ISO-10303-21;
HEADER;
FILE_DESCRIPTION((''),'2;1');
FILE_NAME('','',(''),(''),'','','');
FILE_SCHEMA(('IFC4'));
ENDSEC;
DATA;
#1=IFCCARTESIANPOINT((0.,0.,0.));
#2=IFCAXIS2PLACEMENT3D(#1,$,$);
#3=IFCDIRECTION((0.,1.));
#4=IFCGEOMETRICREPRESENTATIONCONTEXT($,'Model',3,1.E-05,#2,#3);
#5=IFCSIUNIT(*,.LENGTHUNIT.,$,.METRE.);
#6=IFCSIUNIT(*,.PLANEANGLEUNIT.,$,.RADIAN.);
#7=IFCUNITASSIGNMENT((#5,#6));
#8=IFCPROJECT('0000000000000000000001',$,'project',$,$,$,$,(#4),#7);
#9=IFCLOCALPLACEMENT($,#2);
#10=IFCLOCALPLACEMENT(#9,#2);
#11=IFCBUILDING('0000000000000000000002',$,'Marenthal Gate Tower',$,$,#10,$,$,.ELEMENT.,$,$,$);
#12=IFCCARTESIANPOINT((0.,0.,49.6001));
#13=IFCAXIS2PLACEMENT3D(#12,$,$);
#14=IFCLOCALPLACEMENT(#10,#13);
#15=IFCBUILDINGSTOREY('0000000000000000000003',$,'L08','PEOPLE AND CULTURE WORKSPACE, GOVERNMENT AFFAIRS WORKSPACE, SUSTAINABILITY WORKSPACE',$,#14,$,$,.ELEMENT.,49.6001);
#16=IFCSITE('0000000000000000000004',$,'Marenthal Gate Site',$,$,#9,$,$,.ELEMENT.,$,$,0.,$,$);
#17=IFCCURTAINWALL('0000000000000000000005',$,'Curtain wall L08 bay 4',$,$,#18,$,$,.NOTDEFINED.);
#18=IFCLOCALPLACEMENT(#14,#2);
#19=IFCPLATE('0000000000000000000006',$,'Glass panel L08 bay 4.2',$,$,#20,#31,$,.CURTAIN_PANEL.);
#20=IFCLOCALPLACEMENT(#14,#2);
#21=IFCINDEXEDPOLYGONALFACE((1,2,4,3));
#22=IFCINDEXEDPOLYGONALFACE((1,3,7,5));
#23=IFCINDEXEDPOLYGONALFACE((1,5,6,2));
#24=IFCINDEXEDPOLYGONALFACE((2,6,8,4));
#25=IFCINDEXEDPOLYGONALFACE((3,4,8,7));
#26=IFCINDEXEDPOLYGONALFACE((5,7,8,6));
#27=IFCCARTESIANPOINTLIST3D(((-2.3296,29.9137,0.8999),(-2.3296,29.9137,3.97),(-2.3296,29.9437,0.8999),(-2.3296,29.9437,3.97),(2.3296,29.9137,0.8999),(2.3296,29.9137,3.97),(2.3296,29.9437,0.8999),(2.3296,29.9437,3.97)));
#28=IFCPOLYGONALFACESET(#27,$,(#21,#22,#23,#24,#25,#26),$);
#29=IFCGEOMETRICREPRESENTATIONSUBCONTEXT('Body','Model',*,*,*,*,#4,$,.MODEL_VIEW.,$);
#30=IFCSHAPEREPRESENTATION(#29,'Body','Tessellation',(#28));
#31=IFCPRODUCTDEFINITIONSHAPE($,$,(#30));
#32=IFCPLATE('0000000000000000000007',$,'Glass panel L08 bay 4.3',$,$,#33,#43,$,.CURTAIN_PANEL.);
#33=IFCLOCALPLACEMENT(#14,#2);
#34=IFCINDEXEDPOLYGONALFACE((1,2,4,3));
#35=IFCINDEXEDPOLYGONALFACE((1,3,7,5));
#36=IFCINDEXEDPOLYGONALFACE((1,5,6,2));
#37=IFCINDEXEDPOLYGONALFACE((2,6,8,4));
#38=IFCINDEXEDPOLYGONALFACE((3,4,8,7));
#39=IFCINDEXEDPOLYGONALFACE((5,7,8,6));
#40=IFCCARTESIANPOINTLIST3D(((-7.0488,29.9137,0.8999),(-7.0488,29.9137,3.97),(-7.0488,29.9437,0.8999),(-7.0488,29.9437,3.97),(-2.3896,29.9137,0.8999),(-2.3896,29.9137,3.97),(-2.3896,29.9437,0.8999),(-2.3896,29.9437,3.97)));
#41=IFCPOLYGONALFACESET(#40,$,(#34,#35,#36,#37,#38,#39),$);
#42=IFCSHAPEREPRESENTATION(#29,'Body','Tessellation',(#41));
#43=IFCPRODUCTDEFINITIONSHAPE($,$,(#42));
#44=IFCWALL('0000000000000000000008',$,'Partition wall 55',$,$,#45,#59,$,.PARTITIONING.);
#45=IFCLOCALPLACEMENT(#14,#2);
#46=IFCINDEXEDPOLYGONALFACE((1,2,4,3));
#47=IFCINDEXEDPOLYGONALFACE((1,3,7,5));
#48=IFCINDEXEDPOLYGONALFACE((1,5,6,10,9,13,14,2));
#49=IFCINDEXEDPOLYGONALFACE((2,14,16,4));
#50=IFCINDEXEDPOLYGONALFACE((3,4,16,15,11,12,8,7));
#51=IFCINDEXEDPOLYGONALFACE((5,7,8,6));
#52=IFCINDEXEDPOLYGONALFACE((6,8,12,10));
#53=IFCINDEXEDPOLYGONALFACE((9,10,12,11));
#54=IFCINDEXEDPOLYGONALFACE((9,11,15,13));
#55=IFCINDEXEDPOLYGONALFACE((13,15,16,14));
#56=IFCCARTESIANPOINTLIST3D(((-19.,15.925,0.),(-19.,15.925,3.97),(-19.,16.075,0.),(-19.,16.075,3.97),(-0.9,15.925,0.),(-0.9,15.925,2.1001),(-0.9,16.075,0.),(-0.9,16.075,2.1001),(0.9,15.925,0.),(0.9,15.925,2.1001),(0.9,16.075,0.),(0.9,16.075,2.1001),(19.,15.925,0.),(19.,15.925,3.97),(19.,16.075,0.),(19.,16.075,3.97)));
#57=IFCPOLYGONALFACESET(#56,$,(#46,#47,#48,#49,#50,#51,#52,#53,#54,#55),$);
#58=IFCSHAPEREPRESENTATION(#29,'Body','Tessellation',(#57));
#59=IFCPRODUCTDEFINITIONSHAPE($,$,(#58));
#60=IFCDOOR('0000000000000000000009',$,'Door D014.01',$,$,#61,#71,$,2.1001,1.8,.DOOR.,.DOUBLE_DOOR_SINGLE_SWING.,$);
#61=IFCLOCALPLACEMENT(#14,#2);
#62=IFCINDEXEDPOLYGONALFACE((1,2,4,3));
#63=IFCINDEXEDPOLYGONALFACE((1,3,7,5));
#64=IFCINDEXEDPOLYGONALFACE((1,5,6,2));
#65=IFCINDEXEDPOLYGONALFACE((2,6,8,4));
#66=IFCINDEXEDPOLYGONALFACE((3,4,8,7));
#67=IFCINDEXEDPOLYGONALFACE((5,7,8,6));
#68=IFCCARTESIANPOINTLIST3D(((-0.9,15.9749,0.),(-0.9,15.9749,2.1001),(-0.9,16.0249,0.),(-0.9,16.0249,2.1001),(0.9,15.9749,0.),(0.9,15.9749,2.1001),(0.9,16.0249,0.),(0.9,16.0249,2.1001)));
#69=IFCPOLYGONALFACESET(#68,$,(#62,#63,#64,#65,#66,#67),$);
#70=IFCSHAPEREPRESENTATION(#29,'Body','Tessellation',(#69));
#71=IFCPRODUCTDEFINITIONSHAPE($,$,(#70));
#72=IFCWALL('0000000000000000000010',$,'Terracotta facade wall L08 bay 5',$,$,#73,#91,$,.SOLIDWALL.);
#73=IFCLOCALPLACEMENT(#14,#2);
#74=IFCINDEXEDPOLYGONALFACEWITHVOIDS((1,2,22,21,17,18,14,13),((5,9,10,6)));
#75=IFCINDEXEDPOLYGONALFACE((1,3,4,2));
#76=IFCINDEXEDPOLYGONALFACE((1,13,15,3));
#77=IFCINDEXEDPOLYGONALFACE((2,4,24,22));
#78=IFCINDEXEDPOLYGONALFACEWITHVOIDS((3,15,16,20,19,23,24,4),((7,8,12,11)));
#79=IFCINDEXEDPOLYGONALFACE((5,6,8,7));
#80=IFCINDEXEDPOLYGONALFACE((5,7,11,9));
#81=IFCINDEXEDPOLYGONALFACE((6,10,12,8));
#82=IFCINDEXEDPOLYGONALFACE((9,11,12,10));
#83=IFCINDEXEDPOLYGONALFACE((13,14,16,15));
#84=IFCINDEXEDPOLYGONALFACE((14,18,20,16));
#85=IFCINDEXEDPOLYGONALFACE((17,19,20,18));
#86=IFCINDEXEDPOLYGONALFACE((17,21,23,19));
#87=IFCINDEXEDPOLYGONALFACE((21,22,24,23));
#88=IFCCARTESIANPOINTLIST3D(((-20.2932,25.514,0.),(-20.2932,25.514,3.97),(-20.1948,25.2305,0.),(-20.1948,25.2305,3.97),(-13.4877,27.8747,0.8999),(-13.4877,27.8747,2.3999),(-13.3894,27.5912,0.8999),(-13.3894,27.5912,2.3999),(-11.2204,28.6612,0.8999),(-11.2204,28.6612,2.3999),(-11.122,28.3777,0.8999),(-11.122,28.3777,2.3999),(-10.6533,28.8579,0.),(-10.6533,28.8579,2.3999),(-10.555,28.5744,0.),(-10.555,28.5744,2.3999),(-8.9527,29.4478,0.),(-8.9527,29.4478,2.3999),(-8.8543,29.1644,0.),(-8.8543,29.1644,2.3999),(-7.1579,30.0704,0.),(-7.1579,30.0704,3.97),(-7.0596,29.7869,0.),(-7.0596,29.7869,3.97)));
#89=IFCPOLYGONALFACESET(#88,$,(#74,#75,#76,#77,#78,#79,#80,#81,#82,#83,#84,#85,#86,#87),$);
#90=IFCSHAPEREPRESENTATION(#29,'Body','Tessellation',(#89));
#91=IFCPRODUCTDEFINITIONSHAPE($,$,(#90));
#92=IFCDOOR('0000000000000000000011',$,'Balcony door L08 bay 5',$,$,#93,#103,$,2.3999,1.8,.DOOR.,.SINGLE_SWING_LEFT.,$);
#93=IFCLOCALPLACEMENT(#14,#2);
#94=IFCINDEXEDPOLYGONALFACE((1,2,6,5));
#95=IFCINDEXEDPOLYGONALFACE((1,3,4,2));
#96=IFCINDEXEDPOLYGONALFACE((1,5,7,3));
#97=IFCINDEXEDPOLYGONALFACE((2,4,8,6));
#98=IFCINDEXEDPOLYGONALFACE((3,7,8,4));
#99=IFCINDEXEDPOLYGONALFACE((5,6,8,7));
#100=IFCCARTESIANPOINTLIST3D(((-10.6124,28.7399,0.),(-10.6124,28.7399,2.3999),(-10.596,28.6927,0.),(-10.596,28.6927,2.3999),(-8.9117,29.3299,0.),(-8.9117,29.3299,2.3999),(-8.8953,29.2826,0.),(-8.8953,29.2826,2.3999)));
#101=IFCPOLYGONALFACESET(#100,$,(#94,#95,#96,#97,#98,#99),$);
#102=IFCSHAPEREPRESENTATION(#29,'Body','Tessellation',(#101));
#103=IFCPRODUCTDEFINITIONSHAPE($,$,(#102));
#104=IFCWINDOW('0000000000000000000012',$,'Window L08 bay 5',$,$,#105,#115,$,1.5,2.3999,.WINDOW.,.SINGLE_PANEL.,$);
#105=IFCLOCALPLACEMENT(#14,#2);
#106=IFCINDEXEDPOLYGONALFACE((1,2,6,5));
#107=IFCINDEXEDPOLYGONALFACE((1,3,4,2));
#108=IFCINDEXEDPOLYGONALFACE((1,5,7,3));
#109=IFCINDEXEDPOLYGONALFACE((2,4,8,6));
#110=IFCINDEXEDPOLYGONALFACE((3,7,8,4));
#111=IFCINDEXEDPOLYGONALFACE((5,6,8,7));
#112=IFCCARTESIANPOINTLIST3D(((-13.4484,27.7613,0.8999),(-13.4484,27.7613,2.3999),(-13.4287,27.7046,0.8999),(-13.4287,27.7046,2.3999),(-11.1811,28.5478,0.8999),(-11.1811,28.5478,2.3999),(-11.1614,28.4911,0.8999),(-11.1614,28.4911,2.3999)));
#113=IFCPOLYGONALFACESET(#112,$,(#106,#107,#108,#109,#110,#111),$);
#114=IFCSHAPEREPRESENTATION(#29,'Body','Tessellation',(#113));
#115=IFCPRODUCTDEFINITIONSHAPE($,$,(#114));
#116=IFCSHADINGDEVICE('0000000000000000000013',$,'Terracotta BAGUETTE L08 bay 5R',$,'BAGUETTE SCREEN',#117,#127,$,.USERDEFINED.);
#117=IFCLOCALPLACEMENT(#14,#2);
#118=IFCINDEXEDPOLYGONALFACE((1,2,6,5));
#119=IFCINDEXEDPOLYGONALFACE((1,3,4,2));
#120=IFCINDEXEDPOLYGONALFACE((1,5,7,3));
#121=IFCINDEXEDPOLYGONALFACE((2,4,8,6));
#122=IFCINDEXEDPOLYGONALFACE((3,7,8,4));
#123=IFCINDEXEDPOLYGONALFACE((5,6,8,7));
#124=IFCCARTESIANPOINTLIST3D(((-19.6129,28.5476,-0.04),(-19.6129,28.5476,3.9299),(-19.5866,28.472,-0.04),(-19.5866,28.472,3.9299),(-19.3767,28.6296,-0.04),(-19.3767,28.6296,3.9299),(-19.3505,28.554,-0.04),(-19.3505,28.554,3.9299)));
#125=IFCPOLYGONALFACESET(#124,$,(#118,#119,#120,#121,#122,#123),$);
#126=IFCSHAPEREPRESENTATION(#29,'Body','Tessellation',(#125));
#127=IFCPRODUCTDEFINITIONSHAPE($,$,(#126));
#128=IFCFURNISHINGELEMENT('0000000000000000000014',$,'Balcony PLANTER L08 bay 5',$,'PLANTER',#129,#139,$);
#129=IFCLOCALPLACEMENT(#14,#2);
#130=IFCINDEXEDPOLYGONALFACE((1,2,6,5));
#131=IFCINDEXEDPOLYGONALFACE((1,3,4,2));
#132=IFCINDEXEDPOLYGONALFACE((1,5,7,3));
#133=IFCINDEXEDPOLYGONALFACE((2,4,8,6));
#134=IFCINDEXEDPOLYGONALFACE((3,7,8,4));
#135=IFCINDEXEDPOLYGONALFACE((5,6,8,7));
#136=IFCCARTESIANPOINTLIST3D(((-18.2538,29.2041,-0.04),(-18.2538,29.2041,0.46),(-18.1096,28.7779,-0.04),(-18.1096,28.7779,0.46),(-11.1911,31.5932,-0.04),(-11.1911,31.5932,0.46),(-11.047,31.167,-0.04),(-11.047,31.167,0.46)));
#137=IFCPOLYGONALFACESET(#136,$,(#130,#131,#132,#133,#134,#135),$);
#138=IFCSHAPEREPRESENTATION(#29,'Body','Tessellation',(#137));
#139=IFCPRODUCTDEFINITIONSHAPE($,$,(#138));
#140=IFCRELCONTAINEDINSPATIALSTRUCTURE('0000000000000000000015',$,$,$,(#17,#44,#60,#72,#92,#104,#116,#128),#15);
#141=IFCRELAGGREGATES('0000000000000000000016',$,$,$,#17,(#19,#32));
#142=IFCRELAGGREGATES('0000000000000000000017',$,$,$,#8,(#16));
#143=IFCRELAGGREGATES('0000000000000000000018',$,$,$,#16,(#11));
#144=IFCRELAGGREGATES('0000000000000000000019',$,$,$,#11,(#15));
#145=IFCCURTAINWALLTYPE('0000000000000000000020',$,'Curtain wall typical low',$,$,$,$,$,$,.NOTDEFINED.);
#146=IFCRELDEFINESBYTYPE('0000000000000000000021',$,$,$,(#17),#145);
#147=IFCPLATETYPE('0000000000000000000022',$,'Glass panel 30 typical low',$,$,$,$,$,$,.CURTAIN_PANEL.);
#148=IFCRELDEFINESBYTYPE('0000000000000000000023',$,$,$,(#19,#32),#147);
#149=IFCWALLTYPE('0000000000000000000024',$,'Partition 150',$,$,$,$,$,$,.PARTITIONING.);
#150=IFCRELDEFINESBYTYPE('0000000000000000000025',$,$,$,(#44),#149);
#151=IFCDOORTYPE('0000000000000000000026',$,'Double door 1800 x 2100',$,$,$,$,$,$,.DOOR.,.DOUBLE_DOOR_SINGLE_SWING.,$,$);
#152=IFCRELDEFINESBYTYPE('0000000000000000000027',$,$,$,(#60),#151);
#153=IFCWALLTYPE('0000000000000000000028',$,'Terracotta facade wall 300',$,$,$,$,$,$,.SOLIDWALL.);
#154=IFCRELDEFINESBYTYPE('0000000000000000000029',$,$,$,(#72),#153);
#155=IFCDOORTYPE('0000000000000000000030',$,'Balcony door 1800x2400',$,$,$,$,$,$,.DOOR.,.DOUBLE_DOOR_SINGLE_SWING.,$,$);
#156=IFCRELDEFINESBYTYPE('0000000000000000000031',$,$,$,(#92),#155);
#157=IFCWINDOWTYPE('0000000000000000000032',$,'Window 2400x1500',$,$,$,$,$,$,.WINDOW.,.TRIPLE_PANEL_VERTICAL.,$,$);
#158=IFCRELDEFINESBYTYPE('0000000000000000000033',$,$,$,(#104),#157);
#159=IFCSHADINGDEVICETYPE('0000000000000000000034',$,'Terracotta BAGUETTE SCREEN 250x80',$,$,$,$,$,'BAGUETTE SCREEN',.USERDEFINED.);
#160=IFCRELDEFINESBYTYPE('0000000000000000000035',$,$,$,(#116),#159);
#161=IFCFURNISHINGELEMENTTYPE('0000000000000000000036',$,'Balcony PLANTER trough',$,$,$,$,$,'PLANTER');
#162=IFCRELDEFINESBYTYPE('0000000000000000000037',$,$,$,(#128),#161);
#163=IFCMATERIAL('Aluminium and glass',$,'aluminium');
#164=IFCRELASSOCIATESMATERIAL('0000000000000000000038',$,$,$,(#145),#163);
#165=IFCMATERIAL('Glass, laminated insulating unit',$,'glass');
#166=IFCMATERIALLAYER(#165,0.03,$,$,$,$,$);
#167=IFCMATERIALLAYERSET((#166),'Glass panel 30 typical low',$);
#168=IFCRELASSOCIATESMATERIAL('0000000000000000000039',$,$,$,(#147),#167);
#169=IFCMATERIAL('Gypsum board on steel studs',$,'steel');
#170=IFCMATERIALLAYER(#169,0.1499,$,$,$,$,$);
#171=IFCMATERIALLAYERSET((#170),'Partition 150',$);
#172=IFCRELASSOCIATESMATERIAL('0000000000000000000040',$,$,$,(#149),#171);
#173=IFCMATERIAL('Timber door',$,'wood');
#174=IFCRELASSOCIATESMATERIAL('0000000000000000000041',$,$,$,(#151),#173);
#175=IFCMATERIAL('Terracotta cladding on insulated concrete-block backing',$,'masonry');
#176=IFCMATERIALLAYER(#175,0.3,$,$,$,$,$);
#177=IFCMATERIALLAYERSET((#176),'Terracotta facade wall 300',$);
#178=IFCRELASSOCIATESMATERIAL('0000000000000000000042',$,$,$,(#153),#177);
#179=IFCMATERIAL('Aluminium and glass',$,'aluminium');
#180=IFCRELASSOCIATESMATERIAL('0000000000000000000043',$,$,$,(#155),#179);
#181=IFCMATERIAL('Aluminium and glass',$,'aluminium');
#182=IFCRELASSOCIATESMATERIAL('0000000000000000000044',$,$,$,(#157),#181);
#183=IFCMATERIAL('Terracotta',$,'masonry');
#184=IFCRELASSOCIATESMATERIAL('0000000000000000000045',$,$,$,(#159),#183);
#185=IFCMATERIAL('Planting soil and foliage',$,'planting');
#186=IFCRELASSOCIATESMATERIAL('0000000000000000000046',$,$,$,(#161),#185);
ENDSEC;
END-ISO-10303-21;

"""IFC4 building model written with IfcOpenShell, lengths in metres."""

from ifc_helpers import new_model, si_unit, direction, frame, frame_2d, origin, origin_2d, place, context, subcontext, project, spatial, rectangle, extrude, material, layer, layer_set, material_profile, profile_set, type_object, element, fill, aggregate, save


model = new_model("IFC4")

# Units and contexts
model_context = context("Model", 3, precision=1e-05, world=origin(), true_north=direction((0.0, 1.0)))
body_context = subcontext(model_context, "Body", "Model", "MODEL_VIEW")
ifc_project = project(units=[si_unit("LENGTHUNIT", "METRE"), si_unit("PLANEANGLEUNIT", "RADIAN")], contexts=[model_context])

# Site, building, storey
site_placement = place(None, origin())
site = spatial("IfcSite", under=ifc_project, at=site_placement, Name="Marenthal Gate Site", CompositionType="ELEMENT", RefElevation=0.0)
building_placement = place(site_placement, origin())
building = spatial("IfcBuilding", under=site, at=building_placement, Name="Marenthal Gate Tower", CompositionType="ELEMENT")
storey_placement = place(building_placement, frame((0.0, 0.0, 49.6001)))
storey = spatial("IfcBuildingStorey", under=building, at=storey_placement, Name="L08", Description="PEOPLE AND CULTURE WORKSPACE, GOVERNMENT AFFAIRS WORKSPACE, SUSTAINABILITY WORKSPACE", CompositionType="ELEMENT", Elevation=49.6001)

# Curtain wall
ifc_material_1 = material(Name="Aluminium and glass", Category="aluminium")
curtain_wall_type = type_object("IfcCurtainWallType", Name="Curtain wall typical low", PredefinedType="NOTDEFINED", material=ifc_material_1)
curtain_wall_placement = place(storey_placement, origin())
curtain_wall = element("IfcCurtainWall", 1, at=curtain_wall_placement, inside=storey, type_object=curtain_wall_type, Name="Curtain wall L08 bay 4", PredefinedType="NOTDEFINED")

# Plates
ifc_material_2 = material(Name="Glass, laminated insulating unit", Category="glass")
ifc_layer_1 = layer(ifc_material_2, 0.03)
ifc_layer_set_1 = layer_set([ifc_layer_1], Name="Glass panel 30 typical low")
plate_type = type_object("IfcPlateType", Name="Glass panel 30 typical low", PredefinedType="CURTAIN_PANEL", material=ifc_layer_set_1)
plate_1_placement = place(storey_placement, frame((0.0, 29.9287, 0.8999), z_axis=(0.0, 0.0, 1.0), x_axis=(-1.0, 0.0, 0.0)))
plate_1 = element("IfcPlate", 2, at=plate_1_placement, type_object=plate_type, Name="Glass panel L08 bay 4.2", PredefinedType="CURTAIN_PANEL", context=body_context, shape_type="SweptSolid", body=[
    extrude(rectangle(XDim=4.6592, YDim=0.03, at=origin_2d()), origin(), (0.0, 0.0, 1.0), 3.0701),
])
plate_2_placement = place(storey_placement, frame((-4.7192, 29.9287, 0.8999), z_axis=(0.0, 0.0, 1.0), x_axis=(-1.0, 0.0, 0.0)))
plate_2 = element("IfcPlate", 3, at=plate_2_placement, type_object=plate_type, Name="Glass panel L08 bay 4.3", PredefinedType="CURTAIN_PANEL", context=body_context, shape_type="SweptSolid", body=[
    extrude(rectangle(XDim=4.6592, YDim=0.03, at=origin_2d()), origin(), (0.0, 0.0, 1.0), 3.0701),
])
aggregate(curtain_wall, [plate_1, plate_2])

# Wall, opening, door
ifc_material_3 = material(Name="Gypsum board on steel studs", Category="steel")
ifc_layer_2 = layer(ifc_material_3, 0.1499)
ifc_layer_set_2 = layer_set([ifc_layer_2], Name="Partition 150")
wall_type_1 = type_object("IfcWallType", Name="Partition 150", PredefinedType="PARTITIONING", material=ifc_layer_set_2)
wall_1_placement = place(storey_placement, frame((-19.0, 16.0, 0.0), z_axis=(0.0, 0.0, 1.0), x_axis=(1.0, 0.0, 0.0)))
wall_1 = element("IfcWall", 4, at=wall_1_placement, inside=storey, type_object=wall_type_1, Name="Partition wall 55", PredefinedType="PARTITIONING", context=body_context, shape_type="SweptSolid", body=[
    extrude(rectangle(XDim=38.0, YDim=0.1499, at=frame_2d((19.0, 0.0))), origin(), (0.0, 0.0, 1.0), 3.97),
])
opening_1_placement = place(wall_1_placement, frame((18.1001, 0.0, 0.0)))
opening_1 = element("IfcOpeningElement", 5, at=opening_1_placement, cuts=wall_1, PredefinedType="OPENING", context=body_context, shape_type="SweptSolid", body=[
    extrude(rectangle(XDim=1.8, YDim=2.1001, at=frame_2d((0.8999, 1.05))), frame((0.0, 0.085, 0.0), z_axis=(0.0, -1.0, 0.0), x_axis=(1.0, 0.0, 0.0)), (0.0, 0.0, 1.0), 0.1699),
])
ifc_material_4 = material(Name="Timber door", Category="wood")
door_type_1 = type_object("IfcDoorType", Name="Double door 1800 x 2100", OperationType="DOUBLE_DOOR_SINGLE_SWING", PredefinedType="DOOR", material=ifc_material_4)
door_1_placement = place(opening_1_placement, origin())
door_1 = element("IfcDoor", 6, at=door_1_placement, inside=storey, type_object=door_type_1, Name="Door D014.01", OperationType="DOUBLE_DOOR_SINGLE_SWING", OverallHeight=2.1001, OverallWidth=1.8, PredefinedType="DOOR", context=body_context, shape_type="SweptSolid", body=[
    extrude(rectangle(XDim=1.8, YDim=2.1001, at=frame_2d((0.8999, 1.05))), frame((0.0, 0.0249, 0.0), z_axis=(0.0, -1.0, 0.0), x_axis=(1.0, 0.0, 0.0)), (0.0, 0.0, 1.0), 0.05),
])
fill(opening_1, door_1)

# Wall, openings, door, window
ifc_material_5 = material(Name="Terracotta cladding on insulated concrete-block backing", Category="masonry")
ifc_layer_3 = layer(ifc_material_5, 0.3)
ifc_layer_set_3 = layer_set([ifc_layer_3], Name="Terracotta facade wall 300")
wall_type_2 = type_object("IfcWallType", Name="Terracotta facade wall 300", PredefinedType="SOLIDWALL", material=ifc_layer_set_3)
wall_2_placement = place(storey_placement, frame((-7.1086, 29.9287, 0.0), z_axis=(0.0, 0.0, 1.0), x_axis=(-0.944773, -0.327726, 0.0)))
wall_2 = element("IfcWall", 7, at=wall_2_placement, inside=storey, type_object=wall_type_2, Name="Terracotta facade wall L08 bay 5", PredefinedType="SOLIDWALL", context=body_context, shape_type="SweptSolid", body=[
    extrude(rectangle(XDim=13.9031, YDim=0.3, at=frame_2d((6.9517, 0.0))), origin(), (0.0, 0.0, 1.0), 3.97),
])
opening_2_placement = place(wall_2_placement, frame((1.8999, 0.0, 0.0)))
opening_2 = element("IfcOpeningElement", 8, at=opening_2_placement, cuts=wall_2, PredefinedType="OPENING", context=body_context, shape_type="SweptSolid", body=[
    extrude(rectangle(XDim=1.8, YDim=2.3999, at=frame_2d((0.8999, 1.2))), frame((0.0, 0.1602, 0.0), z_axis=(0.0, -1.0, 0.0), x_axis=(1.0, 0.0, 0.0)), (0.0, 0.0, 1.0), 0.3201),
])
opening_3_placement = place(wall_2_placement, frame((4.3, 0.0, 0.8999)))
opening_3 = element("IfcOpeningElement", 9, at=opening_3_placement, cuts=wall_2, PredefinedType="OPENING", context=body_context, shape_type="SweptSolid", body=[
    extrude(rectangle(XDim=2.3999, YDim=1.5, at=frame_2d((1.2, 0.75))), frame((0.0, 0.1602, 0.0), z_axis=(0.0, -1.0, 0.0), x_axis=(1.0, 0.0, 0.0)), (0.0, 0.0, 1.0), 0.3201),
])
ifc_material_6 = material(Name="Aluminium and glass", Category="aluminium")
door_type_2 = type_object("IfcDoorType", Name="Balcony door 1800x2400", OperationType="DOUBLE_DOOR_SINGLE_SWING", PredefinedType="DOOR", material=ifc_material_6)
door_2_placement = place(opening_2_placement, origin())
door_2 = element("IfcDoor", 10, at=door_2_placement, inside=storey, type_object=door_type_2, Name="Balcony door L08 bay 5", OperationType="SINGLE_SWING_LEFT", OverallHeight=2.3999, OverallWidth=1.8, PredefinedType="DOOR", context=body_context, shape_type="SweptSolid", body=[
    extrude(rectangle(XDim=1.8, YDim=2.3999, at=frame_2d((0.8999, 1.2))), frame((0.0, 0.0249, 0.0), z_axis=(0.0, -1.0, 0.0), x_axis=(1.0, 0.0, 0.0)), (0.0, 0.0, 1.0), 0.05),
])
fill(opening_2, door_2)
ifc_material_7 = material(Name="Aluminium and glass", Category="aluminium")
window_type = type_object("IfcWindowType", Name="Window 2400x1500", PartitioningType="TRIPLE_PANEL_VERTICAL", PredefinedType="WINDOW", material=ifc_material_7)
window_placement = place(opening_3_placement, origin())
window = element("IfcWindow", 11, at=window_placement, inside=storey, type_object=window_type, Name="Window L08 bay 5", OverallHeight=1.5, OverallWidth=2.3999, PartitioningType="SINGLE_PANEL", PredefinedType="WINDOW", context=body_context, shape_type="SweptSolid", body=[
    extrude(rectangle(XDim=2.3999, YDim=1.5, at=frame_2d((1.2, 0.75))), frame((0.0, 0.03, 0.0), z_axis=(0.0, -1.0, 0.0), x_axis=(1.0, 0.0, 0.0)), (0.0, 0.0, 1.0), 0.0601),
])
fill(opening_3, window)

# Shading device
ifc_material_8 = material(Name="Terracotta", Category="masonry")
ifc_material_profile_1 = material_profile(ifc_material_8, rectangle(XDim=0.25, YDim=0.0801, at=origin_2d()), Name="Terracotta baguette 250x80")
ifc_profile_set_1 = profile_set([ifc_material_profile_1], Name="Terracotta")
shading_device_type = type_object("IfcShadingDeviceType", Name="Terracotta BAGUETTE SCREEN 250x80", ElementType="BAGUETTE SCREEN", PredefinedType="USERDEFINED", material=ifc_profile_set_1)
shading_device_placement = place(storey_placement, frame((-19.4817, 28.5508, -0.04), z_axis=(0.0, 0.0, 1.0), x_axis=(-0.944691, -0.327963, 0.0)))
element("IfcShadingDevice", 12, at=shading_device_placement, inside=storey, type_object=shading_device_type, Name="Terracotta BAGUETTE L08 bay 5R", ObjectType="BAGUETTE SCREEN", PredefinedType="USERDEFINED", context=body_context, shape_type="SweptSolid", body=[
    extrude(rectangle(XDim=0.25, YDim=0.0801, at=origin_2d()), origin(), (0.0, 0.0, 1.0), 3.97),
])

# Furnishing element
ifc_material_9 = material(Name="Planting soil and foliage", Category="planting")
furnishing_element_type = type_object("IfcFurnishingElementType", Name="Balcony PLANTER trough", ElementType="PLANTER", material=ifc_material_9)
furnishing_placement = place(storey_placement, frame((-14.6504, 30.1855, -0.04), z_axis=(0.0, 0.0, 1.0), x_axis=(-0.947271, -0.320433, 0.0)))
element("IfcFurnishingElement", 13, at=furnishing_placement, inside=storey, type_object=furnishing_element_type, Name="Balcony PLANTER L08 bay 5", ObjectType="PLANTER", context=body_context, shape_type="SweptSolid", body=[
    extrude(rectangle(XDim=7.4558, YDim=0.45, at=origin_2d()), origin(), (0.0, 0.0, 1.0), 0.5),
])

save(model, "model.ifc")
